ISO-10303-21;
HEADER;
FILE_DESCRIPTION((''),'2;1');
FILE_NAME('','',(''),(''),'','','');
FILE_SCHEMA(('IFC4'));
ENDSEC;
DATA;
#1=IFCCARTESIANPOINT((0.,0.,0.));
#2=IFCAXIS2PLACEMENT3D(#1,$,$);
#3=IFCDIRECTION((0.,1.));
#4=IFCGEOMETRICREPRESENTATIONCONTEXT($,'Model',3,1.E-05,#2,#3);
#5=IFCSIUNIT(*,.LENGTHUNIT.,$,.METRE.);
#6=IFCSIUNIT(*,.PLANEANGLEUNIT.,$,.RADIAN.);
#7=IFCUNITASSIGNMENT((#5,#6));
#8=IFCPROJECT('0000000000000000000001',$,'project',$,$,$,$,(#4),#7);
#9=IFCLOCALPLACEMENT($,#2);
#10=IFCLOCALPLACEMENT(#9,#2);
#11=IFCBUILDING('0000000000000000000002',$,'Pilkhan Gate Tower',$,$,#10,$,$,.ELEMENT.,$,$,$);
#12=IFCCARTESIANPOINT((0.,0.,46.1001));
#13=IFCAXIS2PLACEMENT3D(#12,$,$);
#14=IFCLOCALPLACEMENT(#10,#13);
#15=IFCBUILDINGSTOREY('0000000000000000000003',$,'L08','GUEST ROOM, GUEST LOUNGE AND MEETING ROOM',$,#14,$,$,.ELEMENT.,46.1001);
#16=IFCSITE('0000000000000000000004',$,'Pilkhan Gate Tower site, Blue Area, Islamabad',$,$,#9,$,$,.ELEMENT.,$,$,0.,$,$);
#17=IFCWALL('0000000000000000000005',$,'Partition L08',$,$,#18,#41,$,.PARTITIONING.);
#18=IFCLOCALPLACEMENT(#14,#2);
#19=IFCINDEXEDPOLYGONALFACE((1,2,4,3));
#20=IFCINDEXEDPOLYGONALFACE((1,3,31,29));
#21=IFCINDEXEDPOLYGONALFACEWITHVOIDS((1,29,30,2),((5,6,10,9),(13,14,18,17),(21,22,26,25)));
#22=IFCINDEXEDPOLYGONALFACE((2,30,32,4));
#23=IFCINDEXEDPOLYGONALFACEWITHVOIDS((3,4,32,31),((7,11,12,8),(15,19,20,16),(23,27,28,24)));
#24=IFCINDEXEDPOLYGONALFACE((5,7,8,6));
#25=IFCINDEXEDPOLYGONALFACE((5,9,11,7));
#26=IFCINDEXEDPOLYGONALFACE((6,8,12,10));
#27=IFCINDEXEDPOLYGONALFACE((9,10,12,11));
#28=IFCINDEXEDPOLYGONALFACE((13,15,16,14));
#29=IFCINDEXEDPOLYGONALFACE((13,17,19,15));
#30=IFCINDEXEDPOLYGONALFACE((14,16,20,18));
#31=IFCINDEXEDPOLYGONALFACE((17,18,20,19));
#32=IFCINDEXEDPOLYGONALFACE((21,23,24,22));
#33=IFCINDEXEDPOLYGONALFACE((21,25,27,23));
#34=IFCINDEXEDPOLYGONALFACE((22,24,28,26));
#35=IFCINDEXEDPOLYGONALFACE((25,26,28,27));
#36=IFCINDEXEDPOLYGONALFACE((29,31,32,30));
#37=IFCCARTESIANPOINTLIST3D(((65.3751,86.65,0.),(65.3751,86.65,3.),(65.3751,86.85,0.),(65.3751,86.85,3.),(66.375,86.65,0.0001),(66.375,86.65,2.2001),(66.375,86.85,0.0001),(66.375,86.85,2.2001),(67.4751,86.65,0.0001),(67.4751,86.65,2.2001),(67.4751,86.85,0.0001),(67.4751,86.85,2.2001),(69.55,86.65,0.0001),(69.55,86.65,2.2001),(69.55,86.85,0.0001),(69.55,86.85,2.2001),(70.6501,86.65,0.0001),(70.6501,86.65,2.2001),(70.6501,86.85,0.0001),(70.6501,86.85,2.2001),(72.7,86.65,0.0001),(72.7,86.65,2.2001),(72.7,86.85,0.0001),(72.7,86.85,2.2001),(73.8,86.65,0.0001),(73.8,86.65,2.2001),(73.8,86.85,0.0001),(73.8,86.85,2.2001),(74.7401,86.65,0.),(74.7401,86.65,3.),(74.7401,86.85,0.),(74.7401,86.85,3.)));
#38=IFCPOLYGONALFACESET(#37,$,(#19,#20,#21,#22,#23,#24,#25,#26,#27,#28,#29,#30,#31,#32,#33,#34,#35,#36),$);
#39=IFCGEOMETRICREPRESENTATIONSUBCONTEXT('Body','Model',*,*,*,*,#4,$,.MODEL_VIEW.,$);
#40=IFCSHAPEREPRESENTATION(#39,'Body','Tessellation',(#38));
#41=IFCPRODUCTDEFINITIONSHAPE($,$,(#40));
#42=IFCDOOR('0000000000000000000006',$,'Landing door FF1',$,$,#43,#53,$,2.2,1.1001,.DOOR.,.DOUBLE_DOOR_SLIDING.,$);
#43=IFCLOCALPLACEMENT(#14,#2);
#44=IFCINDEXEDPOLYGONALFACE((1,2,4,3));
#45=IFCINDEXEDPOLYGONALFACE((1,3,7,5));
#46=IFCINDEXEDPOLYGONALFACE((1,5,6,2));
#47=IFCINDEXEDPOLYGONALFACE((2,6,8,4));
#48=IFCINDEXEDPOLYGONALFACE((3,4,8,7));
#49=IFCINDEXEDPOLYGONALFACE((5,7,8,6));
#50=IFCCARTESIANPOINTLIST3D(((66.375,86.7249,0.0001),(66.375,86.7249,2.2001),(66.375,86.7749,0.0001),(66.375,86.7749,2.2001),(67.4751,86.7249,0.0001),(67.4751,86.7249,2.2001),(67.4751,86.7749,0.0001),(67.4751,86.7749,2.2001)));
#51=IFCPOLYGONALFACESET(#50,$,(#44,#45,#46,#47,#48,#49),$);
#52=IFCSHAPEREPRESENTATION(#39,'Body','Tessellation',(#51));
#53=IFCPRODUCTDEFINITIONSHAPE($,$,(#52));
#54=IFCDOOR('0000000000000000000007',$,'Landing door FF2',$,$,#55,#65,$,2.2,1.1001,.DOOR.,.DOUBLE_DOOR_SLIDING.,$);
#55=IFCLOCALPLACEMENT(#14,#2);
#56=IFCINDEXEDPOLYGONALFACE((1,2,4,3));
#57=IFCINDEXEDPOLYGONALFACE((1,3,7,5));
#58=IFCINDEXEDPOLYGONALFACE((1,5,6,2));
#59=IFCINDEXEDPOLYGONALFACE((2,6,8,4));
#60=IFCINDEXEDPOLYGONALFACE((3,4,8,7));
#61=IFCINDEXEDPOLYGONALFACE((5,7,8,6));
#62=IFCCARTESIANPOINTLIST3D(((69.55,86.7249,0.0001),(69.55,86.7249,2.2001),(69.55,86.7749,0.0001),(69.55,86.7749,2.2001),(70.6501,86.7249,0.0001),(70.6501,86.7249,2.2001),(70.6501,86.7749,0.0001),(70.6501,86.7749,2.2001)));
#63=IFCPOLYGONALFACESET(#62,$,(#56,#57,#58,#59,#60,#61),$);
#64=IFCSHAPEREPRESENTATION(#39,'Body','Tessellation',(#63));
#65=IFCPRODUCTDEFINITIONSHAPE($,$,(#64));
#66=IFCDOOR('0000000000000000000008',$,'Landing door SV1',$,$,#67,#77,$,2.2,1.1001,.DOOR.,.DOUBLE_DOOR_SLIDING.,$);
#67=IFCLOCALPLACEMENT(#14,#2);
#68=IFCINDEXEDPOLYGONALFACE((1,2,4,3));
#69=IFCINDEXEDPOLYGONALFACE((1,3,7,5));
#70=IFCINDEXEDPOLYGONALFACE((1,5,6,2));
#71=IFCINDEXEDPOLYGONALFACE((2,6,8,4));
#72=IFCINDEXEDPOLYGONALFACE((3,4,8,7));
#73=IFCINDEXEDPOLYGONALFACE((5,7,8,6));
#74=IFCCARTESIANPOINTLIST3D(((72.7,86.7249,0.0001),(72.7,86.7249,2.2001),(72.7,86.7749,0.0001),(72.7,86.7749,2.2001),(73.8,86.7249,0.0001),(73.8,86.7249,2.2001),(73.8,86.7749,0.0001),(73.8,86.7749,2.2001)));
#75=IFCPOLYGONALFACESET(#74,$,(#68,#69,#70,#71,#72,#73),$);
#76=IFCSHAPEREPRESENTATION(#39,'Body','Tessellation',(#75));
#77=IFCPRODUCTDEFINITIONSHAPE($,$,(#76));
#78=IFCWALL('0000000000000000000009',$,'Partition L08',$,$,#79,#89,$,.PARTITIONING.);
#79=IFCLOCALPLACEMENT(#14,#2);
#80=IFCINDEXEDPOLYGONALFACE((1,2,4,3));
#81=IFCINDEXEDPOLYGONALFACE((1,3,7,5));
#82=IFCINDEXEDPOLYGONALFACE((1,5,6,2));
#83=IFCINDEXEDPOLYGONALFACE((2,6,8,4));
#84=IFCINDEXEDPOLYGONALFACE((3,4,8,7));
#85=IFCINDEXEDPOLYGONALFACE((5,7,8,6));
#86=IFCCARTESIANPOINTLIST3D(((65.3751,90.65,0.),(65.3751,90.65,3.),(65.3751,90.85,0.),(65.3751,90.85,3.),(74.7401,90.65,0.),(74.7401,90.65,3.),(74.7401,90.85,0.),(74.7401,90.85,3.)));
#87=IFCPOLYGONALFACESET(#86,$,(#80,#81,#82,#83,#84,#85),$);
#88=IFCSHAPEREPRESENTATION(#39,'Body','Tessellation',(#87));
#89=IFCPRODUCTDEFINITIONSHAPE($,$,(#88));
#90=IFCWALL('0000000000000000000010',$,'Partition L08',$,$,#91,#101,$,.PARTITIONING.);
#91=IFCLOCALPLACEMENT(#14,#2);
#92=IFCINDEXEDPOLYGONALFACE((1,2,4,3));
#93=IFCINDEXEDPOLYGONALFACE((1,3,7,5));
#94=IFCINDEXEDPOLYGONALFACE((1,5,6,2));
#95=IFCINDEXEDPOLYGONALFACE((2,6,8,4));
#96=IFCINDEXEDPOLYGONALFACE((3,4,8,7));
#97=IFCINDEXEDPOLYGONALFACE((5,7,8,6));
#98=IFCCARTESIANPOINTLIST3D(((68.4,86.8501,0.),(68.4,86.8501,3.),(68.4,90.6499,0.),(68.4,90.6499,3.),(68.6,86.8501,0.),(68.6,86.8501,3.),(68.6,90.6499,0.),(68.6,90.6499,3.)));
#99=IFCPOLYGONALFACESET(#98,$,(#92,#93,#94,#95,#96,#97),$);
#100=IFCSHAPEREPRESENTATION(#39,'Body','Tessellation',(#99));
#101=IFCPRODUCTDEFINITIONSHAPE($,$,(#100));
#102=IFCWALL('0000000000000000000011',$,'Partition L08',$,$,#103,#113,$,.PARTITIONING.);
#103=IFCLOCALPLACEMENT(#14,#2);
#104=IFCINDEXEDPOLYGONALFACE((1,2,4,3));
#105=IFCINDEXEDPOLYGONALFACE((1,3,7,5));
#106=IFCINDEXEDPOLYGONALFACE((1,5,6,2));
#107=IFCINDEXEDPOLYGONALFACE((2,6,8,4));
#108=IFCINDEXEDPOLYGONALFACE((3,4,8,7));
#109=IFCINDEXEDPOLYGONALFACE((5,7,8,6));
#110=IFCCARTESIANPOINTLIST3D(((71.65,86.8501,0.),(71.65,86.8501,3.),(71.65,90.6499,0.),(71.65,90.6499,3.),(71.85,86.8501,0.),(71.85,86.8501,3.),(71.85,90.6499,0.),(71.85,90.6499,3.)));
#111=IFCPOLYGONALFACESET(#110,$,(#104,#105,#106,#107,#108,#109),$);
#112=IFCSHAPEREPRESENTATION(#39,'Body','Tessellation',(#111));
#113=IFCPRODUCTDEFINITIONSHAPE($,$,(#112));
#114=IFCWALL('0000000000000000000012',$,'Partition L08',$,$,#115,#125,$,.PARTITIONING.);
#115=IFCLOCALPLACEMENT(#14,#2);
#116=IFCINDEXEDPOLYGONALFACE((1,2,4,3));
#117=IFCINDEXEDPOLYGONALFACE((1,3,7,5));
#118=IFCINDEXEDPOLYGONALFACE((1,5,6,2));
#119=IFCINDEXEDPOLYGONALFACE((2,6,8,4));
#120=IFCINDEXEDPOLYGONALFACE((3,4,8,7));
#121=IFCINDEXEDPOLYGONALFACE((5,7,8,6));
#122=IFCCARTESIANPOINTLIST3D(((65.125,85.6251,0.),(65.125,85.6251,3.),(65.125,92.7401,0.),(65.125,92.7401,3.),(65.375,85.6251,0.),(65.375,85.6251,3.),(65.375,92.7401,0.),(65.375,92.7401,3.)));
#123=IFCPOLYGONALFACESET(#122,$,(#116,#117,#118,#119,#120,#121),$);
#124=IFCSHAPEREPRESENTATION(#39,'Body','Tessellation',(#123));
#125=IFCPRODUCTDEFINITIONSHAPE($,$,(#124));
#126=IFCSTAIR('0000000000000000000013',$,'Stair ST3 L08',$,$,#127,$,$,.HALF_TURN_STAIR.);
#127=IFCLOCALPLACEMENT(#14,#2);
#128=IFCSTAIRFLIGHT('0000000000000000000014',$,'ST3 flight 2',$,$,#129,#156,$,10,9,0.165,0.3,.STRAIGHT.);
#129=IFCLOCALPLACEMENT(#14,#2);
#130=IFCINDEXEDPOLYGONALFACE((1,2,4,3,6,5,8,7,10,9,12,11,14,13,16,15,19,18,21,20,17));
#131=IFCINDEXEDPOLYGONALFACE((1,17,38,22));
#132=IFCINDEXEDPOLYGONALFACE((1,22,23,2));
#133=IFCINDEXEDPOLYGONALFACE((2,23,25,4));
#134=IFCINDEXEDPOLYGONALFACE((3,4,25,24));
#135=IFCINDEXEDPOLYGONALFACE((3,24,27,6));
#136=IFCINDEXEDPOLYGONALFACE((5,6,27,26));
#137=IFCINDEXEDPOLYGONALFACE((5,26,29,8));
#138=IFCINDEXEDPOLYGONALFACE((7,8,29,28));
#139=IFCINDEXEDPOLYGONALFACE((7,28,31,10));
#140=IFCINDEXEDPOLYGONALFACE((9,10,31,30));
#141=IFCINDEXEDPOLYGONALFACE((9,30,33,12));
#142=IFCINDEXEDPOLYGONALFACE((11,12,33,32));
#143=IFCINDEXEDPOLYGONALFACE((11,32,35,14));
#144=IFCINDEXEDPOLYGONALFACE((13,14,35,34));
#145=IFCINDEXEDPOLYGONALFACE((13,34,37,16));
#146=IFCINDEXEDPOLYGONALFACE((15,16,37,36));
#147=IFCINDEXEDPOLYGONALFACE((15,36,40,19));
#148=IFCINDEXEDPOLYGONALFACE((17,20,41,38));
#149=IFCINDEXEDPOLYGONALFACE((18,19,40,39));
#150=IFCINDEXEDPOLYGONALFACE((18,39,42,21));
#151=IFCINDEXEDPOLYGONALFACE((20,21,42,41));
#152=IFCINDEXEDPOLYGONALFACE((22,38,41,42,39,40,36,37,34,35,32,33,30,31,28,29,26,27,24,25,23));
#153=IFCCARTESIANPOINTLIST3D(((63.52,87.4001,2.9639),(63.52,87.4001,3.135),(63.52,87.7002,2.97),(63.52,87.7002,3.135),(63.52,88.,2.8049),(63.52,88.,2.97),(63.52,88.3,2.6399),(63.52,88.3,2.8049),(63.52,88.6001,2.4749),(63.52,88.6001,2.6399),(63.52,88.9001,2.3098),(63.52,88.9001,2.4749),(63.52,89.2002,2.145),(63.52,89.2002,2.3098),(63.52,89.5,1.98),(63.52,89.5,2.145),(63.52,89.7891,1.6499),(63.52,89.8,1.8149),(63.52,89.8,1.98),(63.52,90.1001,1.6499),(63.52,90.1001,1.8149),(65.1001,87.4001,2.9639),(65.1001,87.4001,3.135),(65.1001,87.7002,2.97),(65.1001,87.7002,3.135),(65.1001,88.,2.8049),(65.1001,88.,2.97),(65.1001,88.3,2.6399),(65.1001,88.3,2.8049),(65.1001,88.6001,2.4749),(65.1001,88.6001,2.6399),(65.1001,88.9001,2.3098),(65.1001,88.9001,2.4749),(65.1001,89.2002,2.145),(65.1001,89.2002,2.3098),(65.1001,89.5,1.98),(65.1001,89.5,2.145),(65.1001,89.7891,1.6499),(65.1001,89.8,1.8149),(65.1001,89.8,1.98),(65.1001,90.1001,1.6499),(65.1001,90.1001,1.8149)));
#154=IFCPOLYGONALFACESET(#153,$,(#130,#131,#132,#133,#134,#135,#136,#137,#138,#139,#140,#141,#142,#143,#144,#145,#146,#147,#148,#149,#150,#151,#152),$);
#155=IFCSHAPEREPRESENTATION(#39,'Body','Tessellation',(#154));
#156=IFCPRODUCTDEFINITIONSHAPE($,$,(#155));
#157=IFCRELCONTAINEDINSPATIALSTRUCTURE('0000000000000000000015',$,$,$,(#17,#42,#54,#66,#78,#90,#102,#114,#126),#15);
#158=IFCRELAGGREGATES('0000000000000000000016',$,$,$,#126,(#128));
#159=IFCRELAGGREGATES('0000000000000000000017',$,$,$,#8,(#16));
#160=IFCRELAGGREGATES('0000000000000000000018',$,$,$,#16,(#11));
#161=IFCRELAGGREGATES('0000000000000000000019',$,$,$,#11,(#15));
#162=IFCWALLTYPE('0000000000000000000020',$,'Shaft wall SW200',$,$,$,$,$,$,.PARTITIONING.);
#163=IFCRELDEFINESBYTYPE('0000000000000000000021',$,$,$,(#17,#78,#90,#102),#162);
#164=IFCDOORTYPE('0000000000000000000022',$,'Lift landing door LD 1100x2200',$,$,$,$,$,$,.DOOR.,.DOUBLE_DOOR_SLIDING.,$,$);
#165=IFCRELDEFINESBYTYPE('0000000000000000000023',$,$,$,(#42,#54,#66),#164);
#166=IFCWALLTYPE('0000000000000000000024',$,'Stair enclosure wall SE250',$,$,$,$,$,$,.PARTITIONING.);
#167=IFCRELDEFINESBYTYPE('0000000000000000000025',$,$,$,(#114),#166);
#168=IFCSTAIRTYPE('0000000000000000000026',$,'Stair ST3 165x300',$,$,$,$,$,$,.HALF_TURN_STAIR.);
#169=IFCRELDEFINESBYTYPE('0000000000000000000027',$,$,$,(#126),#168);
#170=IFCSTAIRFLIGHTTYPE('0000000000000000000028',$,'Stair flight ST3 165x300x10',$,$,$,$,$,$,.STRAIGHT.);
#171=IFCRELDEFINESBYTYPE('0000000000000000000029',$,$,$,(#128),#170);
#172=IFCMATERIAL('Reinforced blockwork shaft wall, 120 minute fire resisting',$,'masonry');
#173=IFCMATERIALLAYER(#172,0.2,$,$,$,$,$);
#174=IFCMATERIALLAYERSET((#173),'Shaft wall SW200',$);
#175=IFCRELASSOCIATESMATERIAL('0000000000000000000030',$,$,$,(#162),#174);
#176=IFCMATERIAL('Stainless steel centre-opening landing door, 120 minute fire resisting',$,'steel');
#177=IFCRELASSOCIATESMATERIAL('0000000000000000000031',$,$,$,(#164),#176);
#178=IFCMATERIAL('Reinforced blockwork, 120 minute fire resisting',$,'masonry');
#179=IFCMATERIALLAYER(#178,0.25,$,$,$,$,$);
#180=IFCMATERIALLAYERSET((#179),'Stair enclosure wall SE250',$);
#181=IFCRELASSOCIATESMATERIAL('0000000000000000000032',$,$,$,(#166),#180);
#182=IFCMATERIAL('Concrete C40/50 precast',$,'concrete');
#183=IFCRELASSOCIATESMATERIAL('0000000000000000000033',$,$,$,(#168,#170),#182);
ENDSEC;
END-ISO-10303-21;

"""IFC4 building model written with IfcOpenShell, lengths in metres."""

from ifc_helpers import new_model, si_unit, direction, frame, frame_2d, origin, place, context, subcontext, project, spatial, polyline, rectangle, outline, extrude, material, layer, layer_set, type_object, element, fill, aggregate, save


model = new_model("IFC4")

# Units and contexts
model_context = context("Model", 3, precision=1e-05, world=origin(), true_north=direction((0.0, 1.0)))
body_context = subcontext(model_context, "Body", "Model", "MODEL_VIEW")
ifc_project = project(units=[si_unit("LENGTHUNIT", "METRE"), si_unit("PLANEANGLEUNIT", "RADIAN")], contexts=[model_context])

# Site, building, storey
site_placement = place(None, origin())
site = spatial("IfcSite", under=ifc_project, at=site_placement, Name="Pilkhan Gate Tower site, Blue Area, Islamabad", CompositionType="ELEMENT", RefElevation=0.0)
building_placement = place(site_placement, origin())
building = spatial("IfcBuilding", under=site, at=building_placement, Name="Pilkhan Gate Tower", CompositionType="ELEMENT")
storey_placement = place(building_placement, frame((0.0, 0.0, 46.1001)))
storey = spatial("IfcBuildingStorey", under=building, at=storey_placement, Name="L08", Description="GUEST ROOM, GUEST LOUNGE AND MEETING ROOM", CompositionType="ELEMENT", Elevation=46.1001)

# Wall, openings, doors
ifc_material_1 = material(Name="Reinforced blockwork shaft wall, 120 minute fire resisting", Category="masonry")
ifc_layer_1 = layer(ifc_material_1, 0.2)
ifc_layer_set_1 = layer_set([ifc_layer_1], Name="Shaft wall SW200")
wall_type_1 = type_object("IfcWallType", Name="Shaft wall SW200", PredefinedType="PARTITIONING", material=ifc_layer_set_1)
wall_1_placement = place(storey_placement, frame((65.375, 86.75, 0.0), z_axis=(0.0, 0.0, 1.0), x_axis=(1.0, 0.0, 0.0)))
wall_1 = element("IfcWall", 1, at=wall_1_placement, inside=storey, type_object=wall_type_1, Name="Partition L08", PredefinedType="PARTITIONING", context=body_context, shape_type="SweptSolid", body=[
    extrude(rectangle(XDim=9.365, YDim=0.2, at=frame_2d((4.6826, 0.0))), origin(), (0.0, 0.0, 1.0), 3.0),
])
opening_1_placement = place(wall_1_placement, frame((1.0, 0.0, 0.0)))
opening_1 = element("IfcOpeningElement", 2, at=opening_1_placement, cuts=wall_1, PredefinedType="OPENING", context=body_context, shape_type="SweptSolid", body=[
    extrude(rectangle(XDim=1.1001, YDim=2.2, at=frame_2d((0.55, 1.1001))), frame((0.0, 0.1099, 0.0), z_axis=(0.0, -1.0, 0.0), x_axis=(1.0, 0.0, 0.0)), (0.0, 0.0, 1.0), 0.22),
])
opening_2_placement = place(wall_1_placement, frame((4.175, 0.0, 0.0)))
opening_2 = element("IfcOpeningElement", 3, at=opening_2_placement, cuts=wall_1, PredefinedType="OPENING", context=body_context, shape_type="SweptSolid", body=[
    extrude(rectangle(XDim=1.1001, YDim=2.2, at=frame_2d((0.55, 1.1001))), frame((0.0, 0.1099, 0.0), z_axis=(0.0, -1.0, 0.0), x_axis=(1.0, 0.0, 0.0)), (0.0, 0.0, 1.0), 0.22),
])
opening_3_placement = place(wall_1_placement, frame((7.325, 0.0, 0.0)))
opening_3 = element("IfcOpeningElement", 4, at=opening_3_placement, cuts=wall_1, PredefinedType="OPENING", context=body_context, shape_type="SweptSolid", body=[
    extrude(rectangle(XDim=1.1001, YDim=2.2, at=frame_2d((0.55, 1.1001))), frame((0.0, 0.1099, 0.0), z_axis=(0.0, -1.0, 0.0), x_axis=(1.0, 0.0, 0.0)), (0.0, 0.0, 1.0), 0.22),
])
ifc_material_2 = material(Name="Stainless steel centre-opening landing door, 120 minute fire resisting", Category="steel")
door_type = type_object("IfcDoorType", Name="Lift landing door LD 1100x2200", OperationType="DOUBLE_DOOR_SLIDING", PredefinedType="DOOR", material=ifc_material_2)
door_1_placement = place(opening_1_placement, origin())
door_1 = element("IfcDoor", 5, at=door_1_placement, inside=storey, type_object=door_type, Name="Landing door FF1", OperationType="DOUBLE_DOOR_SLIDING", OverallHeight=2.2, OverallWidth=1.1001, PredefinedType="DOOR", context=body_context, shape_type="SweptSolid", body=[
    extrude(rectangle(XDim=1.1001, YDim=2.2, at=frame_2d((0.55, 1.1001))), frame((0.0, 0.0249, 0.0), z_axis=(0.0, -1.0, 0.0), x_axis=(1.0, 0.0, 0.0)), (0.0, 0.0, 1.0), 0.05),
])
fill(opening_1, door_1)
door_2_placement = place(opening_2_placement, origin())
door_2 = element("IfcDoor", 6, at=door_2_placement, inside=storey, type_object=door_type, Name="Landing door FF2", OperationType="DOUBLE_DOOR_SLIDING", OverallHeight=2.2, OverallWidth=1.1001, PredefinedType="DOOR", context=body_context, shape_type="SweptSolid", body=[
    extrude(rectangle(XDim=1.1001, YDim=2.2, at=frame_2d((0.55, 1.1001))), frame((0.0, 0.0249, 0.0), z_axis=(0.0, -1.0, 0.0), x_axis=(1.0, 0.0, 0.0)), (0.0, 0.0, 1.0), 0.05),
])
fill(opening_2, door_2)
door_3_placement = place(opening_3_placement, origin())
door_3 = element("IfcDoor", 7, at=door_3_placement, inside=storey, type_object=door_type, Name="Landing door SV1", OperationType="DOUBLE_DOOR_SLIDING", OverallHeight=2.2, OverallWidth=1.1001, PredefinedType="DOOR", context=body_context, shape_type="SweptSolid", body=[
    extrude(rectangle(XDim=1.1001, YDim=2.2, at=frame_2d((0.55, 1.1001))), frame((0.0, 0.0249, 0.0), z_axis=(0.0, -1.0, 0.0), x_axis=(1.0, 0.0, 0.0)), (0.0, 0.0, 1.0), 0.05),
])
fill(opening_3, door_3)

# Walls
wall_2_placement = place(storey_placement, frame((65.375, 90.75, 0.0), z_axis=(0.0, 0.0, 1.0), x_axis=(1.0, 0.0, 0.0)))
element("IfcWall", 8, at=wall_2_placement, inside=storey, type_object=wall_type_1, Name="Partition L08", PredefinedType="PARTITIONING", context=body_context, shape_type="SweptSolid", body=[
    extrude(rectangle(XDim=9.365, YDim=0.2, at=frame_2d((4.6826, 0.0))), origin(), (0.0, 0.0, 1.0), 3.0),
])
for number, where, z_axis, x_axis, name in (
    (9, (68.5, 86.8501, 0.0), (0.0, 0.0, 1.0), (0.0, 1.0, 0.0), "Partition L08"),
    (10, (71.75, 86.8501, 0.0), (0.0, 0.0, 1.0), (0.0, 1.0, 0.0), "Partition L08"),
):
    element("IfcWall", number, at=place(storey_placement, frame(where, z_axis=z_axis, x_axis=x_axis)), inside=storey, type_object=wall_type_1, Name=name, PredefinedType="PARTITIONING", context=body_context, shape_type="SweptSolid", body=[
        extrude(rectangle(XDim=3.7998, YDim=0.2, at=frame_2d((1.8999, 0.0))), origin(), (0.0, 0.0, 1.0), 3.0),
    ])
ifc_material_3 = material(Name="Reinforced blockwork, 120 minute fire resisting", Category="masonry")
ifc_layer_2 = layer(ifc_material_3, 0.25)
ifc_layer_set_2 = layer_set([ifc_layer_2], Name="Stair enclosure wall SE250")
wall_type_2 = type_object("IfcWallType", Name="Stair enclosure wall SE250", PredefinedType="PARTITIONING", material=ifc_layer_set_2)
wall_3_placement = place(storey_placement, frame((65.25, 85.625, 0.0), z_axis=(0.0, 0.0, 1.0), x_axis=(0.0, 1.0, 0.0)))
element("IfcWall", 11, at=wall_3_placement, inside=storey, type_object=wall_type_2, Name="Partition L08", PredefinedType="PARTITIONING", context=body_context, shape_type="SweptSolid", body=[
    extrude(rectangle(XDim=7.115, YDim=0.25, at=frame_2d((3.5576, 0.0))), origin(), (0.0, 0.0, 1.0), 3.0),
])

# Stair, stair flight
ifc_material_4 = material(Name="Concrete C40/50 precast", Category="concrete")
stair_type = type_object("IfcStairType", Name="Stair ST3 165x300", PredefinedType="HALF_TURN_STAIR", material=ifc_material_4)
stair_placement = place(storey_placement, origin())
stair = element("IfcStair", 12, at=stair_placement, inside=storey, type_object=stair_type, Name="Stair ST3 L08", PredefinedType="HALF_TURN_STAIR")
stair_flight_type = type_object("IfcStairFlightType", Name="Stair flight ST3 165x300x10", PredefinedType="STRAIGHT", material=ifc_material_4)
stair_flight_placement = place(storey_placement, frame((64.3101, 90.1001, 1.6499), z_axis=(0.0, 0.0, 1.0), x_axis=(0.0, -1.0, 0.0)))
stair_flight = element("IfcStairFlight", 13, at=stair_flight_placement, type_object=stair_flight_type, Name="ST3 flight 2", NumberOfRisers=10, NumberOfTreads=9, PredefinedType="STRAIGHT", RiserHeight=0.165, TreadLength=0.3, context=body_context, shape_type="SweptSolid", body=[
    extrude(outline(polyline([(0.0, 0.0), (0.0, 0.165), (0.3, 0.165), (0.3, 0.3301), (0.6001, 0.3301), (0.6001, 0.4951), (0.8999, 0.4951), (0.8999, 0.6599), (1.2, 0.6599), (1.2, 0.825), (1.5, 0.825), (1.5, 0.99), (1.8, 0.99), (1.8, 1.155), (2.1001, 1.155), (2.1001, 1.3201), (2.3999, 1.3201), (2.3999, 1.4851), (2.7, 1.4851), (2.7, 1.6499), (2.7, 1.314), (0.311, 0.0), (0.0, 0.0)])), frame((0.0, 0.79, 0.0), z_axis=(0.0, -1.0, 0.0), x_axis=(1.0, 0.0, 0.0)), (0.0, 0.0, 1.0), 1.5801),
])
aggregate(stair, [stair_flight])

save(model, "model.ifc")
